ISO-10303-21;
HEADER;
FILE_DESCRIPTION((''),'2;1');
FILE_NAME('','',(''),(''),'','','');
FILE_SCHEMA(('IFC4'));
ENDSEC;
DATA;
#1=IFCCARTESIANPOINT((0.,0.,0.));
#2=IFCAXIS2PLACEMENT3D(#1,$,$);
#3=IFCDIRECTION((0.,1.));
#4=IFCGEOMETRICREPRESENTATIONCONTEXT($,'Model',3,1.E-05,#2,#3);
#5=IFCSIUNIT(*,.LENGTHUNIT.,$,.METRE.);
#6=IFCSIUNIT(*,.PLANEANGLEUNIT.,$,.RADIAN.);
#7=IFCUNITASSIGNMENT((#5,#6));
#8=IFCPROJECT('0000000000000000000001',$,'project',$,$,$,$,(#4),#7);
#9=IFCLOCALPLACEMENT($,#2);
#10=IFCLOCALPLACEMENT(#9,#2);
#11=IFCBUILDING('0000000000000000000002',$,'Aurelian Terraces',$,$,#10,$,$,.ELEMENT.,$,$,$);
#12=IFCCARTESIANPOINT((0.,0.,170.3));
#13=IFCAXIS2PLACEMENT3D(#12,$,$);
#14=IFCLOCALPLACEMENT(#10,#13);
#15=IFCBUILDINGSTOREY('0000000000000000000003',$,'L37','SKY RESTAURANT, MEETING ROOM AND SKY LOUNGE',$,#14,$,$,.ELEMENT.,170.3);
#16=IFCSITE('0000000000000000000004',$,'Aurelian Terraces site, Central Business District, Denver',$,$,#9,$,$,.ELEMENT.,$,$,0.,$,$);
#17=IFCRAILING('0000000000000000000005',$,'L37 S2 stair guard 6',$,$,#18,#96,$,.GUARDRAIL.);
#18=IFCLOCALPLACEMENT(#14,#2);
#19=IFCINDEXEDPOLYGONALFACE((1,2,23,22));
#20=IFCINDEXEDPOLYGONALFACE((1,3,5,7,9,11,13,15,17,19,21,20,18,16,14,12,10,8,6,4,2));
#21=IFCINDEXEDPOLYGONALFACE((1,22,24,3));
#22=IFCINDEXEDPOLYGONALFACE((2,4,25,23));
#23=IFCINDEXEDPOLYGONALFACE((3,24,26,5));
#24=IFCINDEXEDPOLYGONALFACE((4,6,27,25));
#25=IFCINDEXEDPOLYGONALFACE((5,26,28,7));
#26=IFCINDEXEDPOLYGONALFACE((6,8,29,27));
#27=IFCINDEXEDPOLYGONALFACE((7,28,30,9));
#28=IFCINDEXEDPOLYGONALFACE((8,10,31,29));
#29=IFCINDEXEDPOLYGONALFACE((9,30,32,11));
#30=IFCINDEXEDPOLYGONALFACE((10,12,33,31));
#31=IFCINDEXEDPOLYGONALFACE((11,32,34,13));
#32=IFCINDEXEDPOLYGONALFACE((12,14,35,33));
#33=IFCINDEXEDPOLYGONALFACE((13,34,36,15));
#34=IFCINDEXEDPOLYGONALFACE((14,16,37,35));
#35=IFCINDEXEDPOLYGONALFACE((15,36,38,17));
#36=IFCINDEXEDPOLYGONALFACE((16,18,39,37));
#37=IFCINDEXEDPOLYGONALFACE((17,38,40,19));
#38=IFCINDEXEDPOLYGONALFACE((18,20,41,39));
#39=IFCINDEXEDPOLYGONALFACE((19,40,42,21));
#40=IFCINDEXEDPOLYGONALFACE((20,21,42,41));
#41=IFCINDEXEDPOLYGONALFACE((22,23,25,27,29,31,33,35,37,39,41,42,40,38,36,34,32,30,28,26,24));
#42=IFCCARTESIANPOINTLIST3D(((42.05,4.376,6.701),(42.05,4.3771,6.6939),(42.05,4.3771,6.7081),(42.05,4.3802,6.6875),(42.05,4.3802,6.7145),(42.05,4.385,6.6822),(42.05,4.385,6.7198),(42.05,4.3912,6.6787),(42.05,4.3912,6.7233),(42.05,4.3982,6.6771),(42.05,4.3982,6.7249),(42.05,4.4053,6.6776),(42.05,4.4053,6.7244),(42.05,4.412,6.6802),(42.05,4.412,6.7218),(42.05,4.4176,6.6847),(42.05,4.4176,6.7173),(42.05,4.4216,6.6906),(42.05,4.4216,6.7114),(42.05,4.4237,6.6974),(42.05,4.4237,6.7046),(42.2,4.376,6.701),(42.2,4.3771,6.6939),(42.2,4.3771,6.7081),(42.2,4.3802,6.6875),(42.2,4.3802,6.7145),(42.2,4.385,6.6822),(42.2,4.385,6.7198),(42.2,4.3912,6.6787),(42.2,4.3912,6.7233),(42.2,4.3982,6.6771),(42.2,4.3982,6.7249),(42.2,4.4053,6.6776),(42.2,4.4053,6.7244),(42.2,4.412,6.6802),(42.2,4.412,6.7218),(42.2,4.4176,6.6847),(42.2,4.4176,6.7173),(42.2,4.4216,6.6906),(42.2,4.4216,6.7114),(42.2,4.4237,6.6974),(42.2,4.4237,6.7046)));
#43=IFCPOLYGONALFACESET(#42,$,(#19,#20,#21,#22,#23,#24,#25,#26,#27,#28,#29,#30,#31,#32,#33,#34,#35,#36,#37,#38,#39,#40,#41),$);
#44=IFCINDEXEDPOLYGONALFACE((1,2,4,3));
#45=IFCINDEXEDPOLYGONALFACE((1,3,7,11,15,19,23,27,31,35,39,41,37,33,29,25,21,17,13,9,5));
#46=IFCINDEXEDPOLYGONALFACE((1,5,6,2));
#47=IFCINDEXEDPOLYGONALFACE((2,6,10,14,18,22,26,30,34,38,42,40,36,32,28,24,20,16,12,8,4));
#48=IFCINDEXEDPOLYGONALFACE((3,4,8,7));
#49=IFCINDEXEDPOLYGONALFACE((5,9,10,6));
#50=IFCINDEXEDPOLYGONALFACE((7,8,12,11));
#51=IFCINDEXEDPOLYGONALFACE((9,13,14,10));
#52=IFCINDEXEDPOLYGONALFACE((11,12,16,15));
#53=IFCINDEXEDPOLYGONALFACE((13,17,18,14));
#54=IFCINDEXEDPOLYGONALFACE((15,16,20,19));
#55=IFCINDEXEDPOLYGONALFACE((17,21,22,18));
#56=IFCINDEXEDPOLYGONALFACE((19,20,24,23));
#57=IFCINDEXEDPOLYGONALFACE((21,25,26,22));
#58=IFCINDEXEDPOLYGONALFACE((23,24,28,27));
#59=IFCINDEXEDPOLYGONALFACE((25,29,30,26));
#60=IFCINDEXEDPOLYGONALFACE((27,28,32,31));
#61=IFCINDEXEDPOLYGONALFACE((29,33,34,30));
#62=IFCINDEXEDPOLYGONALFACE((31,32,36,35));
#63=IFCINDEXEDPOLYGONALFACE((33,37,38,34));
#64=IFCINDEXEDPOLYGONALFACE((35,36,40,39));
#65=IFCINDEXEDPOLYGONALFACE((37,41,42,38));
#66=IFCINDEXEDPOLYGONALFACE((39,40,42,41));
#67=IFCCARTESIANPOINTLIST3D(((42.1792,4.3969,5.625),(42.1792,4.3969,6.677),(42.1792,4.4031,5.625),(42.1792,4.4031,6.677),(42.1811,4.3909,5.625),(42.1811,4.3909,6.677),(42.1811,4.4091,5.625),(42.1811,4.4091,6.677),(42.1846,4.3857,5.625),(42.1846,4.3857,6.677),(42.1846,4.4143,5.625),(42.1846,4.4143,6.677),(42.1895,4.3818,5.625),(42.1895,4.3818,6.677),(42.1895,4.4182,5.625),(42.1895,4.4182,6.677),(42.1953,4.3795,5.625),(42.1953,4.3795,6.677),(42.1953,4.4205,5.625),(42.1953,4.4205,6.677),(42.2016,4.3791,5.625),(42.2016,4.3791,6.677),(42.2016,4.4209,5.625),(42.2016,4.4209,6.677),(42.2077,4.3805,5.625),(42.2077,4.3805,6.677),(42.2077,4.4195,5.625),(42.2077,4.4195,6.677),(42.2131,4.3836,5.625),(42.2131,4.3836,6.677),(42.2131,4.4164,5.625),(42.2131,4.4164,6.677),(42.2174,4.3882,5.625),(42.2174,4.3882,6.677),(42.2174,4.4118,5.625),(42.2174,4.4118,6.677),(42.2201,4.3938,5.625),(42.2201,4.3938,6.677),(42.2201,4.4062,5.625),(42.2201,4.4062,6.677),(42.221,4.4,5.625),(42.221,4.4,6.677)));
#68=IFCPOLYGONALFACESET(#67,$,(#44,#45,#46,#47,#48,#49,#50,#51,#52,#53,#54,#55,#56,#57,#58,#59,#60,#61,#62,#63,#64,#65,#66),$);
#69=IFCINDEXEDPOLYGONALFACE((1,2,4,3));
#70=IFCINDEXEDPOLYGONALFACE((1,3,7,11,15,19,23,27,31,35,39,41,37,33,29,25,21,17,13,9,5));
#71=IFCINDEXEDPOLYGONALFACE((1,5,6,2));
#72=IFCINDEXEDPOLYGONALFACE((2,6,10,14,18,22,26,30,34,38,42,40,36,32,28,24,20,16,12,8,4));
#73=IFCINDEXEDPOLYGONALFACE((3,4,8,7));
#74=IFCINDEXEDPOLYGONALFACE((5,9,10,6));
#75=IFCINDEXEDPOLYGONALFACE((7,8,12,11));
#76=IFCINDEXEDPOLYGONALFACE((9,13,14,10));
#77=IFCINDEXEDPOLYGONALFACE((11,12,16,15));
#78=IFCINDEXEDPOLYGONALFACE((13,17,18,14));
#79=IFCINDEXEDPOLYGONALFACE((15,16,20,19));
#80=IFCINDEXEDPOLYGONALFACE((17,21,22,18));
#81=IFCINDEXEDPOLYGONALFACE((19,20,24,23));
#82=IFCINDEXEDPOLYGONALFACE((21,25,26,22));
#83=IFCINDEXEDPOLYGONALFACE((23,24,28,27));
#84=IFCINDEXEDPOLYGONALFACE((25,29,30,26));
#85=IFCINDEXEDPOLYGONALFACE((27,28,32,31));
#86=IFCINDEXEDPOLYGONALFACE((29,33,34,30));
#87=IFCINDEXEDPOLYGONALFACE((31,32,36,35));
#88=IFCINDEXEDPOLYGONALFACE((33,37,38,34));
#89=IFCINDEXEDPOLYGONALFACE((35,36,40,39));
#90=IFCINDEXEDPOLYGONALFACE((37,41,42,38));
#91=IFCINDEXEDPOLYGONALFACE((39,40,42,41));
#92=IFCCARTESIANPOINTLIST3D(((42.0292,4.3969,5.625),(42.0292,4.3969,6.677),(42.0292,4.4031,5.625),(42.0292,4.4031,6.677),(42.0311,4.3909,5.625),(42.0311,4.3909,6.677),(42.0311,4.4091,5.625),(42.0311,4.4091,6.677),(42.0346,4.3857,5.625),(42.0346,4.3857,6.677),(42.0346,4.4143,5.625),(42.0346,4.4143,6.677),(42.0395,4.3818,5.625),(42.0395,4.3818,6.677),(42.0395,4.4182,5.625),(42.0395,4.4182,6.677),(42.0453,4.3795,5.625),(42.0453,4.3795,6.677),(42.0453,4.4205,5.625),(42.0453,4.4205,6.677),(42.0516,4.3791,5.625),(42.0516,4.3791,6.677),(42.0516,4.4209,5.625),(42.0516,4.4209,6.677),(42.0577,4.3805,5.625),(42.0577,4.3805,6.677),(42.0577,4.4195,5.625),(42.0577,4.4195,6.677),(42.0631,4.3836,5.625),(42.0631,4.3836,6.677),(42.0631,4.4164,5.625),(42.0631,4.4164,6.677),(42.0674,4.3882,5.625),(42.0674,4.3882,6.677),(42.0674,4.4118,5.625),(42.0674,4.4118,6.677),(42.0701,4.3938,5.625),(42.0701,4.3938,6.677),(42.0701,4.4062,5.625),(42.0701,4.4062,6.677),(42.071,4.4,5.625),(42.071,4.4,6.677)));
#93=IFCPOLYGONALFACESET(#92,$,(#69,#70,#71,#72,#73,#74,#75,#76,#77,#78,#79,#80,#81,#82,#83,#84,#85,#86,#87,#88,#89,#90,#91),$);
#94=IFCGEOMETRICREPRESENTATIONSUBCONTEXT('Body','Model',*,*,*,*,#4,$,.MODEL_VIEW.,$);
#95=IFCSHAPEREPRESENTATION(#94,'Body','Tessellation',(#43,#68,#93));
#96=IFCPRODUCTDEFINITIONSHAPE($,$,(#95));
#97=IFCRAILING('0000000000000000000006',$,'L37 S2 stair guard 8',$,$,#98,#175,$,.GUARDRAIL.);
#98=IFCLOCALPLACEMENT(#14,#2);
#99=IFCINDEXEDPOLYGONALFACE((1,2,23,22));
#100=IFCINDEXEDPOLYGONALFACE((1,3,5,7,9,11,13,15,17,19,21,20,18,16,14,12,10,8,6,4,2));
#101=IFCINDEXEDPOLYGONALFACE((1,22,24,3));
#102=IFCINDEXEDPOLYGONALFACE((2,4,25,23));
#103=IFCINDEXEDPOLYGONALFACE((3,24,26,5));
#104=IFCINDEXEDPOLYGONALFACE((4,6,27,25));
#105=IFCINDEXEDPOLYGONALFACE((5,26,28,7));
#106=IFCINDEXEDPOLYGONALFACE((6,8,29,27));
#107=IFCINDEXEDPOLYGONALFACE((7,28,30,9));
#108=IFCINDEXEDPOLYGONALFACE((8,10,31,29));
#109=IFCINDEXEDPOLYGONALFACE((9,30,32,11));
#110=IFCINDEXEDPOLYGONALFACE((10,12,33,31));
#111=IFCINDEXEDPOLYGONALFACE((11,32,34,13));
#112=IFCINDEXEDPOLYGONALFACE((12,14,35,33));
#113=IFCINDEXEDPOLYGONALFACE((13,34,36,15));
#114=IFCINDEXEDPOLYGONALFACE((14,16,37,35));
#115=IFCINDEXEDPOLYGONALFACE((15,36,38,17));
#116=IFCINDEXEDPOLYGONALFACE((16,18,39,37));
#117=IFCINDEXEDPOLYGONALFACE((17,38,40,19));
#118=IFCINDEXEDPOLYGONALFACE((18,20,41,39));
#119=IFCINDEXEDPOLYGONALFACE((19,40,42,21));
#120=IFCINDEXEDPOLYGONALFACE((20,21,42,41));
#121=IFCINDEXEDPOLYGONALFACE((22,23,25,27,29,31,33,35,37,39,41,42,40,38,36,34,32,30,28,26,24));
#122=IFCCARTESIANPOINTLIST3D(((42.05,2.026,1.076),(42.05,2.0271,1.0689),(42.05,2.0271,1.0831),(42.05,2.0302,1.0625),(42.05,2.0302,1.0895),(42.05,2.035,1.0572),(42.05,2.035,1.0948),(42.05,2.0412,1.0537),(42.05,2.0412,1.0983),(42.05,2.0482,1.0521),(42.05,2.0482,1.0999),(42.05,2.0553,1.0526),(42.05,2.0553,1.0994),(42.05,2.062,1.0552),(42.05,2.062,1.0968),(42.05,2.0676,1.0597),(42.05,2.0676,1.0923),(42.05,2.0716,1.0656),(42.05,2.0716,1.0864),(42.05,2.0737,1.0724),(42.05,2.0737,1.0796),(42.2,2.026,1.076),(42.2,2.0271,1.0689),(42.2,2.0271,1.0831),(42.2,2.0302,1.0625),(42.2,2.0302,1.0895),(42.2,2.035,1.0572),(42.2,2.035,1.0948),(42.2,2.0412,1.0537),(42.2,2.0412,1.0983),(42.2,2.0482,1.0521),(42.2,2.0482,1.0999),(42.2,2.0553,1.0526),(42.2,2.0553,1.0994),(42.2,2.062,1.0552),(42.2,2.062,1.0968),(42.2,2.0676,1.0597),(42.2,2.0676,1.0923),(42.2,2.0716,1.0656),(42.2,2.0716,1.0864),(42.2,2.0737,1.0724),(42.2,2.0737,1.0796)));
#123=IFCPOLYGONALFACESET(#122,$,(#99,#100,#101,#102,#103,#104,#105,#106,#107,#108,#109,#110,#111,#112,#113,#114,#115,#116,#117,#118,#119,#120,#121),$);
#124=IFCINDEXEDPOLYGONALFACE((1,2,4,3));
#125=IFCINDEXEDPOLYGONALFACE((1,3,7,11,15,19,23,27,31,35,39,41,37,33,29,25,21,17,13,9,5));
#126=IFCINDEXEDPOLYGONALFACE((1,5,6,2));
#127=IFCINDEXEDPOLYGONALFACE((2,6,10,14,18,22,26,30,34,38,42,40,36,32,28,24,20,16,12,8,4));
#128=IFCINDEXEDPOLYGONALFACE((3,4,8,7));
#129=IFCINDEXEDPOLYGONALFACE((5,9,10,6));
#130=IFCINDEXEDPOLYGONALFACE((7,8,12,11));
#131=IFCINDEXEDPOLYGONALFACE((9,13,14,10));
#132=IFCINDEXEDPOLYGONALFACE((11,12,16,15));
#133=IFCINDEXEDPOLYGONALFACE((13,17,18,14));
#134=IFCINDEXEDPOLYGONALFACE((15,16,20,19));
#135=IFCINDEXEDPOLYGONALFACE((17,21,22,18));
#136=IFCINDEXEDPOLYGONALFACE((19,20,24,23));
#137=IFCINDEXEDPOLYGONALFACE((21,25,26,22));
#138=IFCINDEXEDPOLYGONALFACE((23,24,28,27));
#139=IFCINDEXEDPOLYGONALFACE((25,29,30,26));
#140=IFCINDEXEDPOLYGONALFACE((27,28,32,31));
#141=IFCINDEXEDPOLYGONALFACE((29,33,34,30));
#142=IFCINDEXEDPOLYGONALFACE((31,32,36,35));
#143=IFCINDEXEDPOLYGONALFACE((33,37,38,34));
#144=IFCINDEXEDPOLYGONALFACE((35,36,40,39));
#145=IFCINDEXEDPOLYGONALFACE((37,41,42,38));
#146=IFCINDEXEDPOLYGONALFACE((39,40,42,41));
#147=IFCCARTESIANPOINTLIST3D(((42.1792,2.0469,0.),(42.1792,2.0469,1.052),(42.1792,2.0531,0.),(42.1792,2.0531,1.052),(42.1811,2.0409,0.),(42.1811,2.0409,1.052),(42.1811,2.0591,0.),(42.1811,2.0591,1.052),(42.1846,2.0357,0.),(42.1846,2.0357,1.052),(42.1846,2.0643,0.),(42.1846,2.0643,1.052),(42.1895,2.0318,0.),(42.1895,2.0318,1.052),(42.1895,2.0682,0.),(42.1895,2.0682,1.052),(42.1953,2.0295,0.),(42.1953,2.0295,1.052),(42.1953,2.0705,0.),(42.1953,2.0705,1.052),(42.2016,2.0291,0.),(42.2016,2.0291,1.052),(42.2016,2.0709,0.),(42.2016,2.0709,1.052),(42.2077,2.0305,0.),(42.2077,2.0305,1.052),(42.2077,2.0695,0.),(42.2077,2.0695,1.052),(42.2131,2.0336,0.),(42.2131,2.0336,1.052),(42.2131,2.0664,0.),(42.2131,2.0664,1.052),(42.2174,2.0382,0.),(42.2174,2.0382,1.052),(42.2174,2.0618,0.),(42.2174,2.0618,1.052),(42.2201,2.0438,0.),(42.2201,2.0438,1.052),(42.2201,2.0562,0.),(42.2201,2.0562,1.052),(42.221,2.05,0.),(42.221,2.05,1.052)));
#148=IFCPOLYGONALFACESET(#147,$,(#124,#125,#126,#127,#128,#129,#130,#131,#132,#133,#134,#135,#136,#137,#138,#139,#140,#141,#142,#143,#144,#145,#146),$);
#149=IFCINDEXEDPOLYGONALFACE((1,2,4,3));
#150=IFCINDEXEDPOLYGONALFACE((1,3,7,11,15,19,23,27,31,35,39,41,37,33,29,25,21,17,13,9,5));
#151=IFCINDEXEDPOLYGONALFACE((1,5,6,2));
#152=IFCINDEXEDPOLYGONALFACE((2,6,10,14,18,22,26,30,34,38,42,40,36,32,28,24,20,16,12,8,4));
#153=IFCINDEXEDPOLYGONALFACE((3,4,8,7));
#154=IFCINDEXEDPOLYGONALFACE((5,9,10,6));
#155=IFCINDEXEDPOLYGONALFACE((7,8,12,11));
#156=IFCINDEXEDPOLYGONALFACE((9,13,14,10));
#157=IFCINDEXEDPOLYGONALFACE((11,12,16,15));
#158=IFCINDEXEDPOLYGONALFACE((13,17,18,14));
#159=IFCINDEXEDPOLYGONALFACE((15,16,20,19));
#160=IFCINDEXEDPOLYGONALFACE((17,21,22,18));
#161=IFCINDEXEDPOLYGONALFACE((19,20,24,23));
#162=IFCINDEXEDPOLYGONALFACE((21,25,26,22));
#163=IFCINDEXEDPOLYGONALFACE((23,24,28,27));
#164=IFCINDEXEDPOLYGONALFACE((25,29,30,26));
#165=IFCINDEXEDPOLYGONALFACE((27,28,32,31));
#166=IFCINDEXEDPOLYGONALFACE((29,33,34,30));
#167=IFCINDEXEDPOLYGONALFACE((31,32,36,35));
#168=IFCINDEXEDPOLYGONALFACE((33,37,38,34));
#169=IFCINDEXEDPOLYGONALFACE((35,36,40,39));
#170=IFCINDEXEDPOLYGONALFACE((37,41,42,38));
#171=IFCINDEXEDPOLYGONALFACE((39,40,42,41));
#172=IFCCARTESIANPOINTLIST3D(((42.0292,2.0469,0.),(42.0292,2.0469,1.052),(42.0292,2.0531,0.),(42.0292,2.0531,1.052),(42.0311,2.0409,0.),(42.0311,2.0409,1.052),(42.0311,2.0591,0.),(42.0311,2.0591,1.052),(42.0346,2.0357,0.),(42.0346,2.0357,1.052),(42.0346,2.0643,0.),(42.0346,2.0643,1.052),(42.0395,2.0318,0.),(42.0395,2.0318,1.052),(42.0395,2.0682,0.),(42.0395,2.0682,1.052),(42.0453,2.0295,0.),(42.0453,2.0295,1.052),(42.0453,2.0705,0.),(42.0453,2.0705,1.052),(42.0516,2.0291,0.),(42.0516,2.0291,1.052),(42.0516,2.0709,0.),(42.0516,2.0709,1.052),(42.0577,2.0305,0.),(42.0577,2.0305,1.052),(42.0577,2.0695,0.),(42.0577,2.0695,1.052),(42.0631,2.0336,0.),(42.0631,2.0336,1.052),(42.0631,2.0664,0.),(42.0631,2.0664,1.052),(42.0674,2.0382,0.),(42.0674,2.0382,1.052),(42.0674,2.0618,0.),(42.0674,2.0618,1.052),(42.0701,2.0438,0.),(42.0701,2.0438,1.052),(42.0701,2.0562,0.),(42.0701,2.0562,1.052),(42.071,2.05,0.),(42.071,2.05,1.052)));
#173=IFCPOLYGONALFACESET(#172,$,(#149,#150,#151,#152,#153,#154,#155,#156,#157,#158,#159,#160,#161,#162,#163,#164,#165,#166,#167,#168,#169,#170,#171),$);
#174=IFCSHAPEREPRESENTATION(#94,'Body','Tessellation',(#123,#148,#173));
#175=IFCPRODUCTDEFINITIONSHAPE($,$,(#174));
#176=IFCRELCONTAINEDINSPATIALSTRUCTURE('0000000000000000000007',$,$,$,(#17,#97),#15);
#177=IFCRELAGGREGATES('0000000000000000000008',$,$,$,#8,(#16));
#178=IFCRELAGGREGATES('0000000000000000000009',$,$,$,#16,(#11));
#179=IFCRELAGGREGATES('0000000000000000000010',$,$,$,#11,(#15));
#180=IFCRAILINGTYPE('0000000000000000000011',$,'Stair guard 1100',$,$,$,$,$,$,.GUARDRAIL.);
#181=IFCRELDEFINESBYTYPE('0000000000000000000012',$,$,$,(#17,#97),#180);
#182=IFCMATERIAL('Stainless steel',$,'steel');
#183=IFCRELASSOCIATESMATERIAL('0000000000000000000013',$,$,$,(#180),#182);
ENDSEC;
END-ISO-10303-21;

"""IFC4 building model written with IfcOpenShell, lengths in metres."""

from ifc_helpers import new_model, si_unit, direction, frame, origin, origin_2d, place, context, subcontext, project, spatial, circle, extrude, source, transform, mapped, material, type_object, element, save


model = new_model("IFC4")

# Units and contexts
model_context = context("Model", 3, precision=1e-05, world=origin(), true_north=direction((0.0, 1.0)))
body_context = subcontext(model_context, "Body", "Model", "MODEL_VIEW")
ifc_project = project(units=[si_unit("LENGTHUNIT", "METRE"), si_unit("PLANEANGLEUNIT", "RADIAN")], contexts=[model_context])

# Site, building, storey
site_placement = place(None, origin())
site = spatial("IfcSite", under=ifc_project, at=site_placement, Name="Aurelian Terraces site, Central Business District, Denver", CompositionType="ELEMENT", RefElevation=0.0)
building_placement = place(site_placement, origin())
building = spatial("IfcBuilding", under=site, at=building_placement, Name="Aurelian Terraces", CompositionType="ELEMENT")
storey_placement = place(building_placement, frame((0.0, 0.0, 170.3)))
storey = spatial("IfcBuildingStorey", under=building, at=storey_placement, Name="L37", Description="SKY RESTAURANT, MEETING ROOM AND SKY LOUNGE", CompositionType="ELEMENT", Elevation=170.3)

# Railings
ifc_material_1 = material(Name="Stainless steel", Category="steel")
railing_type_1 = type_object("IfcRailingType", Name="Stair guard 1100", PredefinedType="GUARDRAIL", material=ifc_material_1)
shared_shape_1 = source(origin(), body_context, "Body", "SweptSolid", [
    extrude(circle(Radius=0.024, at=origin_2d()), frame((0.0, 0.0, 1.076), z_axis=(-1.0, 0.0, 0.0), x_axis=(0.0, -1.0, 0.0)), (0.0, 0.0, 1.0), 0.15),
    extrude(circle(Radius=0.021, at=origin_2d()), origin(), (0.0, 0.0, 1.0), 1.052),
    extrude(circle(Radius=0.021, at=origin_2d()), frame((-0.15, 0.0, 0.0)), (0.0, 0.0, 1.0), 1.052),
])
for number, where, name in (
    (1, (42.2, 4.4, 5.625), "L37 S2 stair guard 6"),
    (2, (42.2, 2.05, 0.0), "L37 S2 stair guard 8"),
):
    element("IfcRailing", number, at=place(storey_placement, frame(where)), inside=storey, type_object=railing_type_1, Name=name, PredefinedType="GUARDRAIL", context=body_context, shape_type="MappedRepresentation", body=[
        mapped(shared_shape_1, transform((0.0, 0.0, 0.0), scale=1.0)),
    ])

save(model, "model.ifc")
